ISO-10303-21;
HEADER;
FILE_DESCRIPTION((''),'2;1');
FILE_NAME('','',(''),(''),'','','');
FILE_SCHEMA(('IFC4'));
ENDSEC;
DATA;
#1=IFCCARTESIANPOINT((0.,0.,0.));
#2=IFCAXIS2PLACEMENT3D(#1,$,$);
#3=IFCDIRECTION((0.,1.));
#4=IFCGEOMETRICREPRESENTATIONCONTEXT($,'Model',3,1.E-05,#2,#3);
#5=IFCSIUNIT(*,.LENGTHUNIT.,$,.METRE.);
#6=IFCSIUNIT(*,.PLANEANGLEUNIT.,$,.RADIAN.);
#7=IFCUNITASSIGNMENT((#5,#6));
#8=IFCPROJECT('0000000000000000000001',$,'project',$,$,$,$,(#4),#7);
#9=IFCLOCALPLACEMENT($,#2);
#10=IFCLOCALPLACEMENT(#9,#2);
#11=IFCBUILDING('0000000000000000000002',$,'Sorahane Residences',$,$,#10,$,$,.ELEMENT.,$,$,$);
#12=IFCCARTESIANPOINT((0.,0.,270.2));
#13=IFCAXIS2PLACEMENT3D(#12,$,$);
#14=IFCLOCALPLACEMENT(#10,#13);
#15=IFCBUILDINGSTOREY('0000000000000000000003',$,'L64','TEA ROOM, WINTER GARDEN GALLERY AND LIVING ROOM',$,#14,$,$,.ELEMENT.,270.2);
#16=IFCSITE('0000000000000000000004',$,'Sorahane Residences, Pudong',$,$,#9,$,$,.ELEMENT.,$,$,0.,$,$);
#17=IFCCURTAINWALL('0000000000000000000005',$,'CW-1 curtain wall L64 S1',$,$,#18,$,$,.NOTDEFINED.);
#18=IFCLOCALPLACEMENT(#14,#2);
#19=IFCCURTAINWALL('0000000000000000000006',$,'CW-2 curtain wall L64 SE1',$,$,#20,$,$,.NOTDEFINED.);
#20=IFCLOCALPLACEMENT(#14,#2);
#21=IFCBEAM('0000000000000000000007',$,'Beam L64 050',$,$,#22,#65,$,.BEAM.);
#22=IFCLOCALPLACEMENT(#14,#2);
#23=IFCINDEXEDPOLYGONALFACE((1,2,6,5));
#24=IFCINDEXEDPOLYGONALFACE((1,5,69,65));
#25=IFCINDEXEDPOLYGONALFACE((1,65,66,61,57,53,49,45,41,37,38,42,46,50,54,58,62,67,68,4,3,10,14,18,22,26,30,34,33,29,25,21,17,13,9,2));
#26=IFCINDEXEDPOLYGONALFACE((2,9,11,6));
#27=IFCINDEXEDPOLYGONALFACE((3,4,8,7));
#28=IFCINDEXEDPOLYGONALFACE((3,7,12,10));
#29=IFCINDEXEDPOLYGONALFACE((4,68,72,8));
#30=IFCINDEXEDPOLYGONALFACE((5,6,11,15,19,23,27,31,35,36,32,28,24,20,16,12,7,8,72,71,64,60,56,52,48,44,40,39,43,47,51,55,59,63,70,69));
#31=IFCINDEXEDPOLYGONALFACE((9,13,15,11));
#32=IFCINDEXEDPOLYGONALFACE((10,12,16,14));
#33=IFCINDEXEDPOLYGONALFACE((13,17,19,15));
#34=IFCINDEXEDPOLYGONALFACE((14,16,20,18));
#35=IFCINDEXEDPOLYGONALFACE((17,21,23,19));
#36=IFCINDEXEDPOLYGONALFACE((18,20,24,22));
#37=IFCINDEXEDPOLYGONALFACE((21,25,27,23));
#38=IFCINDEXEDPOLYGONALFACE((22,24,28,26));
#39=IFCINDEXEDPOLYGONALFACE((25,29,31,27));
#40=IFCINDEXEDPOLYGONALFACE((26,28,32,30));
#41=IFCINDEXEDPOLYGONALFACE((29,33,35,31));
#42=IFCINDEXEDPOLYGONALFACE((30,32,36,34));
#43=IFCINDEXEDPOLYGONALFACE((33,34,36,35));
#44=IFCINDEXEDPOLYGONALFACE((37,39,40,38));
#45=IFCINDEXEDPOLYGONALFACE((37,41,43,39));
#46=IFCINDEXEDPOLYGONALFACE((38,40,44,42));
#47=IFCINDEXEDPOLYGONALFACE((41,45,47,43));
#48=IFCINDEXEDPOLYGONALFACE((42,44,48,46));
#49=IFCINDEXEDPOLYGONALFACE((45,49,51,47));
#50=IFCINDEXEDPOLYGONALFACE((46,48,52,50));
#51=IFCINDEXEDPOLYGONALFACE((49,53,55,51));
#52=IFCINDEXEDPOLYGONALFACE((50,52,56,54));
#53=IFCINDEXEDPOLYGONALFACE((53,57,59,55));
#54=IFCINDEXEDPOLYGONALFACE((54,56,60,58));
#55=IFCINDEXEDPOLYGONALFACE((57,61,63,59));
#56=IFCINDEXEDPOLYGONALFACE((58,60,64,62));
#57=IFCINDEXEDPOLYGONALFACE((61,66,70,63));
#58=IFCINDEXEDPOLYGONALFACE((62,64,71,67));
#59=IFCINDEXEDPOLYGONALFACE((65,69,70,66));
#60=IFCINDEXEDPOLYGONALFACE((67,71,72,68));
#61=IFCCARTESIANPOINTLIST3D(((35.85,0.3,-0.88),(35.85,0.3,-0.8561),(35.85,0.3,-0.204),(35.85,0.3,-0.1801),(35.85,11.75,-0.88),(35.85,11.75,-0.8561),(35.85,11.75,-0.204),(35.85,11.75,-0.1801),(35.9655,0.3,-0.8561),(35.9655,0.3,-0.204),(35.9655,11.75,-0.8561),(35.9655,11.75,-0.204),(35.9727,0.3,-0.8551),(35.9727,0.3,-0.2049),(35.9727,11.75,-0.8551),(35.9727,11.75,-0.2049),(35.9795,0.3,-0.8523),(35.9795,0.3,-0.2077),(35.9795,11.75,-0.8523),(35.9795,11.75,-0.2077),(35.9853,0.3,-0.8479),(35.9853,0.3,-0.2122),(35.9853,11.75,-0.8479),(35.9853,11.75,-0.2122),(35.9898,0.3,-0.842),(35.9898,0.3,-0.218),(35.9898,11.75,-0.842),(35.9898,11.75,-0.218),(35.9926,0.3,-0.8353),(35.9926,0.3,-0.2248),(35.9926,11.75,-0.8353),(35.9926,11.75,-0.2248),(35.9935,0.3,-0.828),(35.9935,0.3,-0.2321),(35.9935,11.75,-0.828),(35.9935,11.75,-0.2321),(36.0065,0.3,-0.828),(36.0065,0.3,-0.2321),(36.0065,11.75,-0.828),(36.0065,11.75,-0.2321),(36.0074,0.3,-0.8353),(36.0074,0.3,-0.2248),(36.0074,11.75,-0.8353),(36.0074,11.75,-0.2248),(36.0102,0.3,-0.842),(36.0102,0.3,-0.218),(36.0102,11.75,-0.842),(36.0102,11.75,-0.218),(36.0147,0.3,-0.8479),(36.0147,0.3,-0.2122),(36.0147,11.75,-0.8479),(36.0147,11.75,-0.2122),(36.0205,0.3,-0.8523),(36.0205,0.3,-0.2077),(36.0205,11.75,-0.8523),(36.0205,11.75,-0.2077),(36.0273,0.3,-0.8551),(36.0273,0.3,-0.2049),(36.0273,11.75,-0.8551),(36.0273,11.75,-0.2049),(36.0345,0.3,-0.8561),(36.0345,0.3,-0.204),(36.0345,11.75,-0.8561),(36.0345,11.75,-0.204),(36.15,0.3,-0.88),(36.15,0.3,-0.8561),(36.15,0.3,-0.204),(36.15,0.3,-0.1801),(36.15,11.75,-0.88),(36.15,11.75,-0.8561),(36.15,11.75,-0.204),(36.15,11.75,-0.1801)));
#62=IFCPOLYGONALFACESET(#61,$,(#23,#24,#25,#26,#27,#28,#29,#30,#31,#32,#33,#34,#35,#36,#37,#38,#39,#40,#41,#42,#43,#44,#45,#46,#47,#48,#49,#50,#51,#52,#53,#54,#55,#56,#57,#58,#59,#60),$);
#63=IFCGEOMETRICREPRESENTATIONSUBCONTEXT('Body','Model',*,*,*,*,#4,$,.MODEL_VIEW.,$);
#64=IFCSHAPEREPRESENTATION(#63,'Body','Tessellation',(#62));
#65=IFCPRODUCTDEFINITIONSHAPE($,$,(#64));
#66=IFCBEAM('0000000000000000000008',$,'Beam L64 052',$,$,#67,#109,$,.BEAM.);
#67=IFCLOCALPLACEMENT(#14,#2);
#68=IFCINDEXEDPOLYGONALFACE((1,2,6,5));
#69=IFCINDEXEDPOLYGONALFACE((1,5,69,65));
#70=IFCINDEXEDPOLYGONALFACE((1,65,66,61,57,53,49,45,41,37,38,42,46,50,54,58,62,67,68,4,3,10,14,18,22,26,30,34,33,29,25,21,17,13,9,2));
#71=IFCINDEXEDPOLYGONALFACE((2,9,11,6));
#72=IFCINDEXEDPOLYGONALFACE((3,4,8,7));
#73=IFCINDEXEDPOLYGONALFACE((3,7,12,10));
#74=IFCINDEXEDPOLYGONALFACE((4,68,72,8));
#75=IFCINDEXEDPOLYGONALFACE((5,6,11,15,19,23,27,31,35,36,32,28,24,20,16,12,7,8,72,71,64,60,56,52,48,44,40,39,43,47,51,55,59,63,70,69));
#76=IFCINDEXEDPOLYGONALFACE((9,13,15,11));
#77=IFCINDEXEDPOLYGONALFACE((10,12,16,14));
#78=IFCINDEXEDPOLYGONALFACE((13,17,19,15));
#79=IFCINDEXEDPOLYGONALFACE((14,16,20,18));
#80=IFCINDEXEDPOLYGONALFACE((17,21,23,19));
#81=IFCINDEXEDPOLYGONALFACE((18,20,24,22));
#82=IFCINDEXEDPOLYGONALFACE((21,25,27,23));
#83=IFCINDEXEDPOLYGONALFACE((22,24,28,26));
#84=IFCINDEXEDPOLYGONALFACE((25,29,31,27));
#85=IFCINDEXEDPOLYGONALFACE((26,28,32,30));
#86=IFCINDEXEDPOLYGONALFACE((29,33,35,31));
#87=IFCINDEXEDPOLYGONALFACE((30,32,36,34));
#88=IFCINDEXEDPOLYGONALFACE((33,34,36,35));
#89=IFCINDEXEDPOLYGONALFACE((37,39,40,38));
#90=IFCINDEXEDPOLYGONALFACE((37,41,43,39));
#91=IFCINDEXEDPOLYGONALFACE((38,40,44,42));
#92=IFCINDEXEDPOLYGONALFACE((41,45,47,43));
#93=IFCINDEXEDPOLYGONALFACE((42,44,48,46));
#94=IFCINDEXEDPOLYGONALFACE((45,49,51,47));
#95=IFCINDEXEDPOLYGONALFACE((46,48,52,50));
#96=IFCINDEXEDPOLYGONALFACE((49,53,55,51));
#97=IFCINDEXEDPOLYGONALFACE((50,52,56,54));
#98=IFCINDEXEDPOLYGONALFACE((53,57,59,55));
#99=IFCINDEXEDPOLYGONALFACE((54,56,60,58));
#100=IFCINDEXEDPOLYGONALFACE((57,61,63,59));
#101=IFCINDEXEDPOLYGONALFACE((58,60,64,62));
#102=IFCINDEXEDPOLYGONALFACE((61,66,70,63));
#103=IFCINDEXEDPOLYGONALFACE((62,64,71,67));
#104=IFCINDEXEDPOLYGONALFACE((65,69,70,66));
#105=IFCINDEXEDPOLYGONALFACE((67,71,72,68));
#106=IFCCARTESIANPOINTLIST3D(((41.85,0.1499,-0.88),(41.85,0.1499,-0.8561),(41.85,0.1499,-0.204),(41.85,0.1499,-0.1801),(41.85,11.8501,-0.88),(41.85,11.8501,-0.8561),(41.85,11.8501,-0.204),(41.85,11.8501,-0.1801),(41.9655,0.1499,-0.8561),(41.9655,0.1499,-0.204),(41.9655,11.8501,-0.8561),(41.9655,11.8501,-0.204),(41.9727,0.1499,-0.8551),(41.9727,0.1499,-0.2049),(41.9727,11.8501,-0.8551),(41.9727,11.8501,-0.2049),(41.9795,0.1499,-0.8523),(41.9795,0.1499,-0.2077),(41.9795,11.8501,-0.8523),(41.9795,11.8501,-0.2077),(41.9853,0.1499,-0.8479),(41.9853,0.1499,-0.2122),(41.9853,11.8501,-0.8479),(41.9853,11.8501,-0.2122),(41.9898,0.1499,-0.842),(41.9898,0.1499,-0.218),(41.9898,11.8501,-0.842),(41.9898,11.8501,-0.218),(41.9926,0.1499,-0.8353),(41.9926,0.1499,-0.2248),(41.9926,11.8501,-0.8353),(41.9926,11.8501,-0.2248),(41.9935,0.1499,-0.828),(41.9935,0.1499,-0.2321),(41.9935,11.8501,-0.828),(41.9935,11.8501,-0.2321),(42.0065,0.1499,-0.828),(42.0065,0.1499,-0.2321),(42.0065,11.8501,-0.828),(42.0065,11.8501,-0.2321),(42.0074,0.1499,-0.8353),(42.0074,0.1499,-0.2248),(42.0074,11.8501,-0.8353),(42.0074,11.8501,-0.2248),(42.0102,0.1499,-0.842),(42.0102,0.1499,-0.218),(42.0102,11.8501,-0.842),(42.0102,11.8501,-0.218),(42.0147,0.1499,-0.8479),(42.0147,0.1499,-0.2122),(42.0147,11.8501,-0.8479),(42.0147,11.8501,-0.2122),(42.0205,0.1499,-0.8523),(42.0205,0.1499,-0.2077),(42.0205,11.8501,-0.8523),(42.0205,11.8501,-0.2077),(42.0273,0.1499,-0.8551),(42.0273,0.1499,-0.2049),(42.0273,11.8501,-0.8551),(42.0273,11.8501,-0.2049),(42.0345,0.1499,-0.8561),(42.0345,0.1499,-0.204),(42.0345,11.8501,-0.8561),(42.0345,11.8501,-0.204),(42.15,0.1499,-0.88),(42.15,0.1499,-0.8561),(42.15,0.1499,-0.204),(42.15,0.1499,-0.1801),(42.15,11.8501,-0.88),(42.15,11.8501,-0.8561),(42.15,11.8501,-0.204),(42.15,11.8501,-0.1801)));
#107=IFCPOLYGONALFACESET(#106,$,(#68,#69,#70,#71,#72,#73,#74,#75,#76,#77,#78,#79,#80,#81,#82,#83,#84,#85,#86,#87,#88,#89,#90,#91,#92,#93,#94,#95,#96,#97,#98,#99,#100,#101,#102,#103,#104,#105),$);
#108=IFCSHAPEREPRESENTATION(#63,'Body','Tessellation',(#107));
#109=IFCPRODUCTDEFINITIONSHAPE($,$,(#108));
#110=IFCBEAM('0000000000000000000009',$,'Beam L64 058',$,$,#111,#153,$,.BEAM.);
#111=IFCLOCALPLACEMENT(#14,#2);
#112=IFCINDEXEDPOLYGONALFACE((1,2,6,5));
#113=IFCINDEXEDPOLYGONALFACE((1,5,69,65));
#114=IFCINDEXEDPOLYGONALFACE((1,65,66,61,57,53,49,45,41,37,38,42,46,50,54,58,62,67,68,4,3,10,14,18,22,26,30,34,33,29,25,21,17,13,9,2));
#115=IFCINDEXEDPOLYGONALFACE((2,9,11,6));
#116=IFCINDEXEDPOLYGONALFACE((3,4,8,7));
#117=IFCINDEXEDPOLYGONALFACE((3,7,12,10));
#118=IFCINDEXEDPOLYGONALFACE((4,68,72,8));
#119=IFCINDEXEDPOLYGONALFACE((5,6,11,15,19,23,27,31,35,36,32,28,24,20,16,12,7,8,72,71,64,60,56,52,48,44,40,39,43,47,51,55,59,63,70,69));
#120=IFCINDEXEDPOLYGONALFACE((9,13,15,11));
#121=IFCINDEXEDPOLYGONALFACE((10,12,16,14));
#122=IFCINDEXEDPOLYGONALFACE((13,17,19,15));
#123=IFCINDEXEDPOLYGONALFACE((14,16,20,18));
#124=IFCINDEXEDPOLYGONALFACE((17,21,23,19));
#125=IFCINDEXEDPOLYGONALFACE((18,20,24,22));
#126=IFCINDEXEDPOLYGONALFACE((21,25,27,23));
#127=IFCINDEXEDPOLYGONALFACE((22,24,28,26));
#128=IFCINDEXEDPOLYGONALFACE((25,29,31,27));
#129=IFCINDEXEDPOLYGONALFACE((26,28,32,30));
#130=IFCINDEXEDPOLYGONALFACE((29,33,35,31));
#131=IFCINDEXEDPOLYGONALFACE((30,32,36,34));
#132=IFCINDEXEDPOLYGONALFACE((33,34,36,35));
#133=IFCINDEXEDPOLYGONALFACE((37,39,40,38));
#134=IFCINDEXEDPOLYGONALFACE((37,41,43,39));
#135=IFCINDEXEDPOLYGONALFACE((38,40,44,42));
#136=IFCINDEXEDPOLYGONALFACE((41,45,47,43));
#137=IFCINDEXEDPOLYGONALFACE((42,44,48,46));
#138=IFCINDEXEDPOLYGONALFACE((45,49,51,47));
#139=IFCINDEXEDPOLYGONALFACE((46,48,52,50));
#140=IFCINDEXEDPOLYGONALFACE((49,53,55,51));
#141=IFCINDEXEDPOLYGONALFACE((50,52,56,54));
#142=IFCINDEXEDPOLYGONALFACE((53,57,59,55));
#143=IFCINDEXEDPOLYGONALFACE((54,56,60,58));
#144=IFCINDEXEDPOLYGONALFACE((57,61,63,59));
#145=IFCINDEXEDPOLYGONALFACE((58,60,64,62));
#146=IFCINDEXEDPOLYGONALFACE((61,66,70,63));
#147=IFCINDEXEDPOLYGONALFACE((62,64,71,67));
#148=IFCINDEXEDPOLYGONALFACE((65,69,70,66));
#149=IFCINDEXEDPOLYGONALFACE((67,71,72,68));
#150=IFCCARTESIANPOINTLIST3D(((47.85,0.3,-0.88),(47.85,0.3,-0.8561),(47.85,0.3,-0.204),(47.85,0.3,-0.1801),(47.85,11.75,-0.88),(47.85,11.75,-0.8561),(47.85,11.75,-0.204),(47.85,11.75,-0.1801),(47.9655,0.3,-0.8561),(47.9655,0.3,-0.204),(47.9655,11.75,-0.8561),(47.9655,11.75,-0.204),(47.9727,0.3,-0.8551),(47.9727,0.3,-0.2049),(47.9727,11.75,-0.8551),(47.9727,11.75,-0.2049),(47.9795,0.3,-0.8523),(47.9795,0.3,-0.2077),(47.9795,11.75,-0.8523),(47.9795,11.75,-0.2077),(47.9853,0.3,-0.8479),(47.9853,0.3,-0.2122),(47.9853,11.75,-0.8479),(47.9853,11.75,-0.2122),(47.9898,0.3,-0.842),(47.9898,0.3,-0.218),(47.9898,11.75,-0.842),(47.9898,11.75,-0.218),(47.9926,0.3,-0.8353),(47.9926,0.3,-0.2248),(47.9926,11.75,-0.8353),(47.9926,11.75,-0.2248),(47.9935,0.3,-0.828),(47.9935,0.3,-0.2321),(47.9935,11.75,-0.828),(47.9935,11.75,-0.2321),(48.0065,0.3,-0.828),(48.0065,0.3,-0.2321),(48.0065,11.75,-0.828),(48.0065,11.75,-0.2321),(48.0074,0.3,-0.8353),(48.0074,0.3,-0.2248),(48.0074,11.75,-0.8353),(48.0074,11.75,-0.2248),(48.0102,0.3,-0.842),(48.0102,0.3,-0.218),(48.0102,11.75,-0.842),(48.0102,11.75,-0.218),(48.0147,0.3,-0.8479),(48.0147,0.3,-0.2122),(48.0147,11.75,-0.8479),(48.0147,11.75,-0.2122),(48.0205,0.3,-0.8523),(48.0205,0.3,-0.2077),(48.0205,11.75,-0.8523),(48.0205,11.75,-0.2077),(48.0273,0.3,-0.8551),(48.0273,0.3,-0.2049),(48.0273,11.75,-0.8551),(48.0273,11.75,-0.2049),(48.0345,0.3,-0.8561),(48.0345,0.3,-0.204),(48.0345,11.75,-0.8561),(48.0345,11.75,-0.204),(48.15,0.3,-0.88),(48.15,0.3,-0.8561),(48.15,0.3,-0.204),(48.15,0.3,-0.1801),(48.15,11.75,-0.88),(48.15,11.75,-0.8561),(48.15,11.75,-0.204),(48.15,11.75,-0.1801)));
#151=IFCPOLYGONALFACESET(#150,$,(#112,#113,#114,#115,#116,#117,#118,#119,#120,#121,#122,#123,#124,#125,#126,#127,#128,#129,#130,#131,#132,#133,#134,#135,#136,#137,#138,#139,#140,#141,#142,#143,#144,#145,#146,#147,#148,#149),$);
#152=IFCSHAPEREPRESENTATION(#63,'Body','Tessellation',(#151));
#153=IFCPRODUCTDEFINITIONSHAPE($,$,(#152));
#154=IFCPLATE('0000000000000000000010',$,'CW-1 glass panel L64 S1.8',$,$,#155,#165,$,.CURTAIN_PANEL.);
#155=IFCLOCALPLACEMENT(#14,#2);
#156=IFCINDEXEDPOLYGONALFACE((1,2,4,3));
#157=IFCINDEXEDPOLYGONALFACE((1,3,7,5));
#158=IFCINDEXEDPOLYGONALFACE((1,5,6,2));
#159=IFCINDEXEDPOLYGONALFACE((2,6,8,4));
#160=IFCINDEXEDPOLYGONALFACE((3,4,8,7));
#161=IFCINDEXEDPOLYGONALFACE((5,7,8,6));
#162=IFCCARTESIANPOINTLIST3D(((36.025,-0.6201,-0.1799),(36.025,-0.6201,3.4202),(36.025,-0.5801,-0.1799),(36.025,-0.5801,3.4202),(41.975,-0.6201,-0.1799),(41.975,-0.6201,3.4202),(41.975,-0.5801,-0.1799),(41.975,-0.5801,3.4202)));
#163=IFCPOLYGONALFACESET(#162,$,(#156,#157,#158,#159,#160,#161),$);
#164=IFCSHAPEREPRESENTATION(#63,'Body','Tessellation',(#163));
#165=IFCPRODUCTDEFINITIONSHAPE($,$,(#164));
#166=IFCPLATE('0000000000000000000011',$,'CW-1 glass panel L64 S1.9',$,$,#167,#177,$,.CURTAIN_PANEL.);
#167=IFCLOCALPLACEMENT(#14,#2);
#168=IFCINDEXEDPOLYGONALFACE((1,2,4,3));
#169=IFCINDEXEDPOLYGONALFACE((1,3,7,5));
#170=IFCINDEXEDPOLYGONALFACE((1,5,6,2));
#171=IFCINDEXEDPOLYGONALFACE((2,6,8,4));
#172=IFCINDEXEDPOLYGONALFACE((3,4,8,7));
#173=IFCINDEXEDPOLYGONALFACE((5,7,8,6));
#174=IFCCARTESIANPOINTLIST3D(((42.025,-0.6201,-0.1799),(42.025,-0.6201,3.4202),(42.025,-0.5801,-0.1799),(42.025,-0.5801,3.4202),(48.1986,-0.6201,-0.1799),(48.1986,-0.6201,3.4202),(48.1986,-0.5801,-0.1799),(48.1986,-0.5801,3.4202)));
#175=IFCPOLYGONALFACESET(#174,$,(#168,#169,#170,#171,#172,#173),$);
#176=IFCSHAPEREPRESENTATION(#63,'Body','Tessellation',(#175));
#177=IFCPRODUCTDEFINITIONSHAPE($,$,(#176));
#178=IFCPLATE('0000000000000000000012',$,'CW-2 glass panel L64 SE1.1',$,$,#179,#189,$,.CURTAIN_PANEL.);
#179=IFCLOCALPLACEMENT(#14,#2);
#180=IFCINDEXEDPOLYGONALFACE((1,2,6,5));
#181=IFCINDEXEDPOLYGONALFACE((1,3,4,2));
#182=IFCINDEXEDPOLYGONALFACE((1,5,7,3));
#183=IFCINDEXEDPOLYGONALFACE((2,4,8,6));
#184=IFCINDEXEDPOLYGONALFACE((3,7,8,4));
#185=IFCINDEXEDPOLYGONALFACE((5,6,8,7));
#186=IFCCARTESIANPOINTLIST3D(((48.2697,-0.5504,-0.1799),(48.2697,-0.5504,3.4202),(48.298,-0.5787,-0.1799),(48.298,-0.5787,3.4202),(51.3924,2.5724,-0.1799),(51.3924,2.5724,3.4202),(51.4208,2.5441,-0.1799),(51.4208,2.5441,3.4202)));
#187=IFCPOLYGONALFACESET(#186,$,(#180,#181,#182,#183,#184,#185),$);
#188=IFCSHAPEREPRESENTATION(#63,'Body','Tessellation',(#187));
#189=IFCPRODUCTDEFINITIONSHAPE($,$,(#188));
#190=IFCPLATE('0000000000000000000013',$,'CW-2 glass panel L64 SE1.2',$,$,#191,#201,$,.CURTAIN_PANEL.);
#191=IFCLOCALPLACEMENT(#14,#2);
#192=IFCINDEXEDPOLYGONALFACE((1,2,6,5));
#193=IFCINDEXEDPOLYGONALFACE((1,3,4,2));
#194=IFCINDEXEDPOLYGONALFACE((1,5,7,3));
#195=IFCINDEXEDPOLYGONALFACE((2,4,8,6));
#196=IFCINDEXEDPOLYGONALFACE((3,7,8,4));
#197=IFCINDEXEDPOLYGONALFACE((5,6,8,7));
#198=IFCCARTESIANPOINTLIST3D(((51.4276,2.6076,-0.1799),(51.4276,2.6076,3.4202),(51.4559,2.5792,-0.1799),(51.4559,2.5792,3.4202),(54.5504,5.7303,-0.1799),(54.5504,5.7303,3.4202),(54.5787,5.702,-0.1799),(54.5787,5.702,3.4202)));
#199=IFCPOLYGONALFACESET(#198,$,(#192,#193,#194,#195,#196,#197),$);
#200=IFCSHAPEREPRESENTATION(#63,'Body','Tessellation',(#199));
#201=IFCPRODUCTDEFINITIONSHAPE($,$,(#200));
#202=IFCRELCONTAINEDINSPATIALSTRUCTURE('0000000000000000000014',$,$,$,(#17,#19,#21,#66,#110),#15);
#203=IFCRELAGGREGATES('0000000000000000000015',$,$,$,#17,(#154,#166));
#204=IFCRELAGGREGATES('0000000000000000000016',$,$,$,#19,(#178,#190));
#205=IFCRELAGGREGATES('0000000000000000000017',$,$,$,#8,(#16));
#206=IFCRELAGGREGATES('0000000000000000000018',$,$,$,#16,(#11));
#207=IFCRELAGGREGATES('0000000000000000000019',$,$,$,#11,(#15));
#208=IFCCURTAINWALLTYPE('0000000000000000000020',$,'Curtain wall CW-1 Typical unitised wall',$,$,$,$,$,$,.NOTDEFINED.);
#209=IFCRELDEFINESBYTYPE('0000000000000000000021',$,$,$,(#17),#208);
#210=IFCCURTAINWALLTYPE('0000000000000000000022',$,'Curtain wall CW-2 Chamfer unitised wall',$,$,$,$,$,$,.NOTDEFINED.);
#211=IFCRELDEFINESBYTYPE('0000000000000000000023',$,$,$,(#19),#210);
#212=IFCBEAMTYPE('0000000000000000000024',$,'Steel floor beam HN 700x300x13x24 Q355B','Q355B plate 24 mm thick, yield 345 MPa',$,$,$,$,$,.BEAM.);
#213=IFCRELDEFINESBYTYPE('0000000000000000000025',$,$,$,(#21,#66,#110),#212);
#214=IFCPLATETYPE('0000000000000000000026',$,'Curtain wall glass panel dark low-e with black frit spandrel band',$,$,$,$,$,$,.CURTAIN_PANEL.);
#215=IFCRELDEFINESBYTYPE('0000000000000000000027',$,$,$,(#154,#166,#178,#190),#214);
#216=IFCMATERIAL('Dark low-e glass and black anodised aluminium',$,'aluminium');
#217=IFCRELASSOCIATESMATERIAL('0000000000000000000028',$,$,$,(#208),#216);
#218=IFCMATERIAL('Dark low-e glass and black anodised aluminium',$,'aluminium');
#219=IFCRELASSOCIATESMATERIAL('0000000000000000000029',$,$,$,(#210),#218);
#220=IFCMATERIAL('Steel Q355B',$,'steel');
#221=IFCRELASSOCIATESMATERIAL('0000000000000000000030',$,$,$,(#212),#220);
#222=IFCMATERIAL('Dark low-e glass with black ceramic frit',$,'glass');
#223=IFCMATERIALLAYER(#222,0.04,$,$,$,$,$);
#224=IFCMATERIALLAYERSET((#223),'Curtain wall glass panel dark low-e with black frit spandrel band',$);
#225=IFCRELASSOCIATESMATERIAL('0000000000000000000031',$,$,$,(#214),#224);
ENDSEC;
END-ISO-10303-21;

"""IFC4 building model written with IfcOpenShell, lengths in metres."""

from ifc_helpers import new_model, si_unit, direction, frame, origin, origin_2d, place, context, subcontext, project, spatial, rectangle, i_section, extrude, material, layer, layer_set, material_profile, profile_set, type_object, element, aggregate, save


model = new_model("IFC4")

# Units and contexts
model_context = context("Model", 3, precision=1e-05, world=origin(), true_north=direction((0.0, 1.0)))
body_context = subcontext(model_context, "Body", "Model", "MODEL_VIEW")
ifc_project = project(units=[si_unit("LENGTHUNIT", "METRE"), si_unit("PLANEANGLEUNIT", "RADIAN")], contexts=[model_context])

# Site, building, storey
site_placement = place(None, origin())
site = spatial("IfcSite", under=ifc_project, at=site_placement, Name="Sorahane Residences, Pudong", CompositionType="ELEMENT", RefElevation=0.0)
building_placement = place(site_placement, origin())
building = spatial("IfcBuilding", under=site, at=building_placement, Name="Sorahane Residences", CompositionType="ELEMENT")
storey_placement = place(building_placement, frame((0.0, 0.0, 270.2)))
storey = spatial("IfcBuildingStorey", under=building, at=storey_placement, Name="L64", Description="TEA ROOM, WINTER GARDEN GALLERY AND LIVING ROOM", CompositionType="ELEMENT", Elevation=270.2)

# Curtain walls
ifc_material_1 = material(Name="Dark low-e glass and black anodised aluminium", Category="aluminium")
curtain_wall_type_1 = type_object("IfcCurtainWallType", Name="Curtain wall CW-1 Typical unitised wall", PredefinedType="NOTDEFINED", material=ifc_material_1)
curtain_wall_1_placement = place(storey_placement, origin())
curtain_wall_1 = element("IfcCurtainWall", 1, at=curtain_wall_1_placement, inside=storey, type_object=curtain_wall_type_1, Name="CW-1 curtain wall L64 S1", PredefinedType="NOTDEFINED")
ifc_material_2 = material(Name="Dark low-e glass and black anodised aluminium", Category="aluminium")
curtain_wall_type_2 = type_object("IfcCurtainWallType", Name="Curtain wall CW-2 Chamfer unitised wall", PredefinedType="NOTDEFINED", material=ifc_material_2)
curtain_wall_2_placement = place(storey_placement, origin())
curtain_wall_2 = element("IfcCurtainWall", 2, at=curtain_wall_2_placement, inside=storey, type_object=curtain_wall_type_2, Name="CW-2 curtain wall L64 SE1", PredefinedType="NOTDEFINED")

# Beams
ifc_material_3 = material(Name="Steel Q355B", Category="steel")
ifc_material_profile_1 = material_profile(ifc_material_3, i_section(OverallWidth=0.3, OverallDepth=0.7, WebThickness=0.0129, FlangeThickness=0.0239, FilletRadius=0.0281, at=origin_2d()), Name="HN 700x300x13x24")
ifc_profile_set_1 = profile_set([ifc_material_profile_1], Name="Steel Q355B")
beam_type_1 = type_object("IfcBeamType", Name="Steel floor beam HN 700x300x13x24 Q355B", Description="Q355B plate 24 mm thick, yield 345 MPa", PredefinedType="BEAM", material=ifc_profile_set_1)
beam_1_placement = place(storey_placement, frame((36.0, 0.3, -0.53), z_axis=(0.0, 1.0, 0.0), x_axis=(-1.0, 0.0, 0.0)))
element("IfcBeam", 3, at=beam_1_placement, inside=storey, type_object=beam_type_1, Name="Beam L64 050", PredefinedType="BEAM", context=body_context, shape_type="SweptSolid", body=[
    extrude(i_section(OverallWidth=0.3, OverallDepth=0.7, WebThickness=0.0129, FlangeThickness=0.0239, FilletRadius=0.0281, at=origin_2d()), origin(), (0.0, 0.0, 1.0), 11.45),
])
beam_2_placement = place(storey_placement, frame((42.0, 0.1499, -0.53), z_axis=(0.0, 1.0, 0.0), x_axis=(-1.0, 0.0, 0.0)))
element("IfcBeam", 4, at=beam_2_placement, inside=storey, type_object=beam_type_1, Name="Beam L64 052", PredefinedType="BEAM", context=body_context, shape_type="SweptSolid", body=[
    extrude(i_section(OverallWidth=0.3, OverallDepth=0.7, WebThickness=0.0129, FlangeThickness=0.0239, FilletRadius=0.0281, at=origin_2d()), origin(), (0.0, 0.0, 1.0), 11.7002),
])
beam_3_placement = place(storey_placement, frame((48.0, 0.3, -0.53), z_axis=(0.0, 1.0, 0.0), x_axis=(-1.0, 0.0, 0.0)))
element("IfcBeam", 5, at=beam_3_placement, inside=storey, type_object=beam_type_1, Name="Beam L64 058", PredefinedType="BEAM", context=body_context, shape_type="SweptSolid", body=[
    extrude(i_section(OverallWidth=0.3, OverallDepth=0.7, WebThickness=0.0129, FlangeThickness=0.0239, FilletRadius=0.0281, at=origin_2d()), origin(), (0.0, 0.0, 1.0), 11.45),
])

# Plates
ifc_material_4 = material(Name="Dark low-e glass with black ceramic frit", Category="glass")
ifc_layer_1 = layer(ifc_material_4, 0.04)
ifc_layer_set_1 = layer_set([ifc_layer_1], Name="Curtain wall glass panel dark low-e with black frit spandrel band")
plate_type = type_object("IfcPlateType", Name="Curtain wall glass panel dark low-e with black frit spandrel band", PredefinedType="CURTAIN_PANEL", material=ifc_layer_set_1)
plate_1_placement = place(storey_placement, frame((39.0, -0.6001, -0.1799), z_axis=(0.0, 0.0, 1.0), x_axis=(1.0, 0.0, 0.0)))
plate_1 = element("IfcPlate", 6, at=plate_1_placement, type_object=plate_type, Name="CW-1 glass panel L64 S1.8", PredefinedType="CURTAIN_PANEL", context=body_context, shape_type="SweptSolid", body=[
    extrude(rectangle(XDim=5.95, YDim=0.04, at=origin_2d()), origin(), (0.0, 0.0, 1.0), 3.6001),
])
plate_2_placement = place(storey_placement, frame((45.1118, -0.6001, -0.1799), z_axis=(0.0, 0.0, 1.0), x_axis=(1.0, 0.0, 0.0)))
plate_2 = element("IfcPlate", 7, at=plate_2_placement, type_object=plate_type, Name="CW-1 glass panel L64 S1.9", PredefinedType="CURTAIN_PANEL", context=body_context, shape_type="SweptSolid", body=[
    extrude(rectangle(XDim=6.1736, YDim=0.04, at=origin_2d()), origin(), (0.0, 0.0, 1.0), 3.6001),
])
aggregate(curtain_wall_1, [plate_1, plate_2])
plate_3_placement = place(storey_placement, frame((49.8452, 0.9968, -0.1799), z_axis=(0.0, 0.0, 1.0), x_axis=(0.707107, 0.707107, 0.0)))
plate_3 = element("IfcPlate", 8, at=plate_3_placement, type_object=plate_type, Name="CW-2 glass panel L64 SE1.1", PredefinedType="CURTAIN_PANEL", context=body_context, shape_type="SweptSolid", body=[
    extrude(rectangle(XDim=4.4163, YDim=0.04, at=origin_2d()), origin(), (0.0, 0.0, 1.0), 3.6001),
])
plate_4_placement = place(storey_placement, frame((53.0032, 4.1548, -0.1799), z_axis=(0.0, 0.0, 1.0), x_axis=(0.707107, 0.707107, 0.0)))
plate_4 = element("IfcPlate", 9, at=plate_4_placement, type_object=plate_type, Name="CW-2 glass panel L64 SE1.2", PredefinedType="CURTAIN_PANEL", context=body_context, shape_type="SweptSolid", body=[
    extrude(rectangle(XDim=4.4163, YDim=0.04, at=origin_2d()), origin(), (0.0, 0.0, 1.0), 3.6001),
])
aggregate(curtain_wall_2, [plate_3, plate_4])

save(model, "model.ifc")
